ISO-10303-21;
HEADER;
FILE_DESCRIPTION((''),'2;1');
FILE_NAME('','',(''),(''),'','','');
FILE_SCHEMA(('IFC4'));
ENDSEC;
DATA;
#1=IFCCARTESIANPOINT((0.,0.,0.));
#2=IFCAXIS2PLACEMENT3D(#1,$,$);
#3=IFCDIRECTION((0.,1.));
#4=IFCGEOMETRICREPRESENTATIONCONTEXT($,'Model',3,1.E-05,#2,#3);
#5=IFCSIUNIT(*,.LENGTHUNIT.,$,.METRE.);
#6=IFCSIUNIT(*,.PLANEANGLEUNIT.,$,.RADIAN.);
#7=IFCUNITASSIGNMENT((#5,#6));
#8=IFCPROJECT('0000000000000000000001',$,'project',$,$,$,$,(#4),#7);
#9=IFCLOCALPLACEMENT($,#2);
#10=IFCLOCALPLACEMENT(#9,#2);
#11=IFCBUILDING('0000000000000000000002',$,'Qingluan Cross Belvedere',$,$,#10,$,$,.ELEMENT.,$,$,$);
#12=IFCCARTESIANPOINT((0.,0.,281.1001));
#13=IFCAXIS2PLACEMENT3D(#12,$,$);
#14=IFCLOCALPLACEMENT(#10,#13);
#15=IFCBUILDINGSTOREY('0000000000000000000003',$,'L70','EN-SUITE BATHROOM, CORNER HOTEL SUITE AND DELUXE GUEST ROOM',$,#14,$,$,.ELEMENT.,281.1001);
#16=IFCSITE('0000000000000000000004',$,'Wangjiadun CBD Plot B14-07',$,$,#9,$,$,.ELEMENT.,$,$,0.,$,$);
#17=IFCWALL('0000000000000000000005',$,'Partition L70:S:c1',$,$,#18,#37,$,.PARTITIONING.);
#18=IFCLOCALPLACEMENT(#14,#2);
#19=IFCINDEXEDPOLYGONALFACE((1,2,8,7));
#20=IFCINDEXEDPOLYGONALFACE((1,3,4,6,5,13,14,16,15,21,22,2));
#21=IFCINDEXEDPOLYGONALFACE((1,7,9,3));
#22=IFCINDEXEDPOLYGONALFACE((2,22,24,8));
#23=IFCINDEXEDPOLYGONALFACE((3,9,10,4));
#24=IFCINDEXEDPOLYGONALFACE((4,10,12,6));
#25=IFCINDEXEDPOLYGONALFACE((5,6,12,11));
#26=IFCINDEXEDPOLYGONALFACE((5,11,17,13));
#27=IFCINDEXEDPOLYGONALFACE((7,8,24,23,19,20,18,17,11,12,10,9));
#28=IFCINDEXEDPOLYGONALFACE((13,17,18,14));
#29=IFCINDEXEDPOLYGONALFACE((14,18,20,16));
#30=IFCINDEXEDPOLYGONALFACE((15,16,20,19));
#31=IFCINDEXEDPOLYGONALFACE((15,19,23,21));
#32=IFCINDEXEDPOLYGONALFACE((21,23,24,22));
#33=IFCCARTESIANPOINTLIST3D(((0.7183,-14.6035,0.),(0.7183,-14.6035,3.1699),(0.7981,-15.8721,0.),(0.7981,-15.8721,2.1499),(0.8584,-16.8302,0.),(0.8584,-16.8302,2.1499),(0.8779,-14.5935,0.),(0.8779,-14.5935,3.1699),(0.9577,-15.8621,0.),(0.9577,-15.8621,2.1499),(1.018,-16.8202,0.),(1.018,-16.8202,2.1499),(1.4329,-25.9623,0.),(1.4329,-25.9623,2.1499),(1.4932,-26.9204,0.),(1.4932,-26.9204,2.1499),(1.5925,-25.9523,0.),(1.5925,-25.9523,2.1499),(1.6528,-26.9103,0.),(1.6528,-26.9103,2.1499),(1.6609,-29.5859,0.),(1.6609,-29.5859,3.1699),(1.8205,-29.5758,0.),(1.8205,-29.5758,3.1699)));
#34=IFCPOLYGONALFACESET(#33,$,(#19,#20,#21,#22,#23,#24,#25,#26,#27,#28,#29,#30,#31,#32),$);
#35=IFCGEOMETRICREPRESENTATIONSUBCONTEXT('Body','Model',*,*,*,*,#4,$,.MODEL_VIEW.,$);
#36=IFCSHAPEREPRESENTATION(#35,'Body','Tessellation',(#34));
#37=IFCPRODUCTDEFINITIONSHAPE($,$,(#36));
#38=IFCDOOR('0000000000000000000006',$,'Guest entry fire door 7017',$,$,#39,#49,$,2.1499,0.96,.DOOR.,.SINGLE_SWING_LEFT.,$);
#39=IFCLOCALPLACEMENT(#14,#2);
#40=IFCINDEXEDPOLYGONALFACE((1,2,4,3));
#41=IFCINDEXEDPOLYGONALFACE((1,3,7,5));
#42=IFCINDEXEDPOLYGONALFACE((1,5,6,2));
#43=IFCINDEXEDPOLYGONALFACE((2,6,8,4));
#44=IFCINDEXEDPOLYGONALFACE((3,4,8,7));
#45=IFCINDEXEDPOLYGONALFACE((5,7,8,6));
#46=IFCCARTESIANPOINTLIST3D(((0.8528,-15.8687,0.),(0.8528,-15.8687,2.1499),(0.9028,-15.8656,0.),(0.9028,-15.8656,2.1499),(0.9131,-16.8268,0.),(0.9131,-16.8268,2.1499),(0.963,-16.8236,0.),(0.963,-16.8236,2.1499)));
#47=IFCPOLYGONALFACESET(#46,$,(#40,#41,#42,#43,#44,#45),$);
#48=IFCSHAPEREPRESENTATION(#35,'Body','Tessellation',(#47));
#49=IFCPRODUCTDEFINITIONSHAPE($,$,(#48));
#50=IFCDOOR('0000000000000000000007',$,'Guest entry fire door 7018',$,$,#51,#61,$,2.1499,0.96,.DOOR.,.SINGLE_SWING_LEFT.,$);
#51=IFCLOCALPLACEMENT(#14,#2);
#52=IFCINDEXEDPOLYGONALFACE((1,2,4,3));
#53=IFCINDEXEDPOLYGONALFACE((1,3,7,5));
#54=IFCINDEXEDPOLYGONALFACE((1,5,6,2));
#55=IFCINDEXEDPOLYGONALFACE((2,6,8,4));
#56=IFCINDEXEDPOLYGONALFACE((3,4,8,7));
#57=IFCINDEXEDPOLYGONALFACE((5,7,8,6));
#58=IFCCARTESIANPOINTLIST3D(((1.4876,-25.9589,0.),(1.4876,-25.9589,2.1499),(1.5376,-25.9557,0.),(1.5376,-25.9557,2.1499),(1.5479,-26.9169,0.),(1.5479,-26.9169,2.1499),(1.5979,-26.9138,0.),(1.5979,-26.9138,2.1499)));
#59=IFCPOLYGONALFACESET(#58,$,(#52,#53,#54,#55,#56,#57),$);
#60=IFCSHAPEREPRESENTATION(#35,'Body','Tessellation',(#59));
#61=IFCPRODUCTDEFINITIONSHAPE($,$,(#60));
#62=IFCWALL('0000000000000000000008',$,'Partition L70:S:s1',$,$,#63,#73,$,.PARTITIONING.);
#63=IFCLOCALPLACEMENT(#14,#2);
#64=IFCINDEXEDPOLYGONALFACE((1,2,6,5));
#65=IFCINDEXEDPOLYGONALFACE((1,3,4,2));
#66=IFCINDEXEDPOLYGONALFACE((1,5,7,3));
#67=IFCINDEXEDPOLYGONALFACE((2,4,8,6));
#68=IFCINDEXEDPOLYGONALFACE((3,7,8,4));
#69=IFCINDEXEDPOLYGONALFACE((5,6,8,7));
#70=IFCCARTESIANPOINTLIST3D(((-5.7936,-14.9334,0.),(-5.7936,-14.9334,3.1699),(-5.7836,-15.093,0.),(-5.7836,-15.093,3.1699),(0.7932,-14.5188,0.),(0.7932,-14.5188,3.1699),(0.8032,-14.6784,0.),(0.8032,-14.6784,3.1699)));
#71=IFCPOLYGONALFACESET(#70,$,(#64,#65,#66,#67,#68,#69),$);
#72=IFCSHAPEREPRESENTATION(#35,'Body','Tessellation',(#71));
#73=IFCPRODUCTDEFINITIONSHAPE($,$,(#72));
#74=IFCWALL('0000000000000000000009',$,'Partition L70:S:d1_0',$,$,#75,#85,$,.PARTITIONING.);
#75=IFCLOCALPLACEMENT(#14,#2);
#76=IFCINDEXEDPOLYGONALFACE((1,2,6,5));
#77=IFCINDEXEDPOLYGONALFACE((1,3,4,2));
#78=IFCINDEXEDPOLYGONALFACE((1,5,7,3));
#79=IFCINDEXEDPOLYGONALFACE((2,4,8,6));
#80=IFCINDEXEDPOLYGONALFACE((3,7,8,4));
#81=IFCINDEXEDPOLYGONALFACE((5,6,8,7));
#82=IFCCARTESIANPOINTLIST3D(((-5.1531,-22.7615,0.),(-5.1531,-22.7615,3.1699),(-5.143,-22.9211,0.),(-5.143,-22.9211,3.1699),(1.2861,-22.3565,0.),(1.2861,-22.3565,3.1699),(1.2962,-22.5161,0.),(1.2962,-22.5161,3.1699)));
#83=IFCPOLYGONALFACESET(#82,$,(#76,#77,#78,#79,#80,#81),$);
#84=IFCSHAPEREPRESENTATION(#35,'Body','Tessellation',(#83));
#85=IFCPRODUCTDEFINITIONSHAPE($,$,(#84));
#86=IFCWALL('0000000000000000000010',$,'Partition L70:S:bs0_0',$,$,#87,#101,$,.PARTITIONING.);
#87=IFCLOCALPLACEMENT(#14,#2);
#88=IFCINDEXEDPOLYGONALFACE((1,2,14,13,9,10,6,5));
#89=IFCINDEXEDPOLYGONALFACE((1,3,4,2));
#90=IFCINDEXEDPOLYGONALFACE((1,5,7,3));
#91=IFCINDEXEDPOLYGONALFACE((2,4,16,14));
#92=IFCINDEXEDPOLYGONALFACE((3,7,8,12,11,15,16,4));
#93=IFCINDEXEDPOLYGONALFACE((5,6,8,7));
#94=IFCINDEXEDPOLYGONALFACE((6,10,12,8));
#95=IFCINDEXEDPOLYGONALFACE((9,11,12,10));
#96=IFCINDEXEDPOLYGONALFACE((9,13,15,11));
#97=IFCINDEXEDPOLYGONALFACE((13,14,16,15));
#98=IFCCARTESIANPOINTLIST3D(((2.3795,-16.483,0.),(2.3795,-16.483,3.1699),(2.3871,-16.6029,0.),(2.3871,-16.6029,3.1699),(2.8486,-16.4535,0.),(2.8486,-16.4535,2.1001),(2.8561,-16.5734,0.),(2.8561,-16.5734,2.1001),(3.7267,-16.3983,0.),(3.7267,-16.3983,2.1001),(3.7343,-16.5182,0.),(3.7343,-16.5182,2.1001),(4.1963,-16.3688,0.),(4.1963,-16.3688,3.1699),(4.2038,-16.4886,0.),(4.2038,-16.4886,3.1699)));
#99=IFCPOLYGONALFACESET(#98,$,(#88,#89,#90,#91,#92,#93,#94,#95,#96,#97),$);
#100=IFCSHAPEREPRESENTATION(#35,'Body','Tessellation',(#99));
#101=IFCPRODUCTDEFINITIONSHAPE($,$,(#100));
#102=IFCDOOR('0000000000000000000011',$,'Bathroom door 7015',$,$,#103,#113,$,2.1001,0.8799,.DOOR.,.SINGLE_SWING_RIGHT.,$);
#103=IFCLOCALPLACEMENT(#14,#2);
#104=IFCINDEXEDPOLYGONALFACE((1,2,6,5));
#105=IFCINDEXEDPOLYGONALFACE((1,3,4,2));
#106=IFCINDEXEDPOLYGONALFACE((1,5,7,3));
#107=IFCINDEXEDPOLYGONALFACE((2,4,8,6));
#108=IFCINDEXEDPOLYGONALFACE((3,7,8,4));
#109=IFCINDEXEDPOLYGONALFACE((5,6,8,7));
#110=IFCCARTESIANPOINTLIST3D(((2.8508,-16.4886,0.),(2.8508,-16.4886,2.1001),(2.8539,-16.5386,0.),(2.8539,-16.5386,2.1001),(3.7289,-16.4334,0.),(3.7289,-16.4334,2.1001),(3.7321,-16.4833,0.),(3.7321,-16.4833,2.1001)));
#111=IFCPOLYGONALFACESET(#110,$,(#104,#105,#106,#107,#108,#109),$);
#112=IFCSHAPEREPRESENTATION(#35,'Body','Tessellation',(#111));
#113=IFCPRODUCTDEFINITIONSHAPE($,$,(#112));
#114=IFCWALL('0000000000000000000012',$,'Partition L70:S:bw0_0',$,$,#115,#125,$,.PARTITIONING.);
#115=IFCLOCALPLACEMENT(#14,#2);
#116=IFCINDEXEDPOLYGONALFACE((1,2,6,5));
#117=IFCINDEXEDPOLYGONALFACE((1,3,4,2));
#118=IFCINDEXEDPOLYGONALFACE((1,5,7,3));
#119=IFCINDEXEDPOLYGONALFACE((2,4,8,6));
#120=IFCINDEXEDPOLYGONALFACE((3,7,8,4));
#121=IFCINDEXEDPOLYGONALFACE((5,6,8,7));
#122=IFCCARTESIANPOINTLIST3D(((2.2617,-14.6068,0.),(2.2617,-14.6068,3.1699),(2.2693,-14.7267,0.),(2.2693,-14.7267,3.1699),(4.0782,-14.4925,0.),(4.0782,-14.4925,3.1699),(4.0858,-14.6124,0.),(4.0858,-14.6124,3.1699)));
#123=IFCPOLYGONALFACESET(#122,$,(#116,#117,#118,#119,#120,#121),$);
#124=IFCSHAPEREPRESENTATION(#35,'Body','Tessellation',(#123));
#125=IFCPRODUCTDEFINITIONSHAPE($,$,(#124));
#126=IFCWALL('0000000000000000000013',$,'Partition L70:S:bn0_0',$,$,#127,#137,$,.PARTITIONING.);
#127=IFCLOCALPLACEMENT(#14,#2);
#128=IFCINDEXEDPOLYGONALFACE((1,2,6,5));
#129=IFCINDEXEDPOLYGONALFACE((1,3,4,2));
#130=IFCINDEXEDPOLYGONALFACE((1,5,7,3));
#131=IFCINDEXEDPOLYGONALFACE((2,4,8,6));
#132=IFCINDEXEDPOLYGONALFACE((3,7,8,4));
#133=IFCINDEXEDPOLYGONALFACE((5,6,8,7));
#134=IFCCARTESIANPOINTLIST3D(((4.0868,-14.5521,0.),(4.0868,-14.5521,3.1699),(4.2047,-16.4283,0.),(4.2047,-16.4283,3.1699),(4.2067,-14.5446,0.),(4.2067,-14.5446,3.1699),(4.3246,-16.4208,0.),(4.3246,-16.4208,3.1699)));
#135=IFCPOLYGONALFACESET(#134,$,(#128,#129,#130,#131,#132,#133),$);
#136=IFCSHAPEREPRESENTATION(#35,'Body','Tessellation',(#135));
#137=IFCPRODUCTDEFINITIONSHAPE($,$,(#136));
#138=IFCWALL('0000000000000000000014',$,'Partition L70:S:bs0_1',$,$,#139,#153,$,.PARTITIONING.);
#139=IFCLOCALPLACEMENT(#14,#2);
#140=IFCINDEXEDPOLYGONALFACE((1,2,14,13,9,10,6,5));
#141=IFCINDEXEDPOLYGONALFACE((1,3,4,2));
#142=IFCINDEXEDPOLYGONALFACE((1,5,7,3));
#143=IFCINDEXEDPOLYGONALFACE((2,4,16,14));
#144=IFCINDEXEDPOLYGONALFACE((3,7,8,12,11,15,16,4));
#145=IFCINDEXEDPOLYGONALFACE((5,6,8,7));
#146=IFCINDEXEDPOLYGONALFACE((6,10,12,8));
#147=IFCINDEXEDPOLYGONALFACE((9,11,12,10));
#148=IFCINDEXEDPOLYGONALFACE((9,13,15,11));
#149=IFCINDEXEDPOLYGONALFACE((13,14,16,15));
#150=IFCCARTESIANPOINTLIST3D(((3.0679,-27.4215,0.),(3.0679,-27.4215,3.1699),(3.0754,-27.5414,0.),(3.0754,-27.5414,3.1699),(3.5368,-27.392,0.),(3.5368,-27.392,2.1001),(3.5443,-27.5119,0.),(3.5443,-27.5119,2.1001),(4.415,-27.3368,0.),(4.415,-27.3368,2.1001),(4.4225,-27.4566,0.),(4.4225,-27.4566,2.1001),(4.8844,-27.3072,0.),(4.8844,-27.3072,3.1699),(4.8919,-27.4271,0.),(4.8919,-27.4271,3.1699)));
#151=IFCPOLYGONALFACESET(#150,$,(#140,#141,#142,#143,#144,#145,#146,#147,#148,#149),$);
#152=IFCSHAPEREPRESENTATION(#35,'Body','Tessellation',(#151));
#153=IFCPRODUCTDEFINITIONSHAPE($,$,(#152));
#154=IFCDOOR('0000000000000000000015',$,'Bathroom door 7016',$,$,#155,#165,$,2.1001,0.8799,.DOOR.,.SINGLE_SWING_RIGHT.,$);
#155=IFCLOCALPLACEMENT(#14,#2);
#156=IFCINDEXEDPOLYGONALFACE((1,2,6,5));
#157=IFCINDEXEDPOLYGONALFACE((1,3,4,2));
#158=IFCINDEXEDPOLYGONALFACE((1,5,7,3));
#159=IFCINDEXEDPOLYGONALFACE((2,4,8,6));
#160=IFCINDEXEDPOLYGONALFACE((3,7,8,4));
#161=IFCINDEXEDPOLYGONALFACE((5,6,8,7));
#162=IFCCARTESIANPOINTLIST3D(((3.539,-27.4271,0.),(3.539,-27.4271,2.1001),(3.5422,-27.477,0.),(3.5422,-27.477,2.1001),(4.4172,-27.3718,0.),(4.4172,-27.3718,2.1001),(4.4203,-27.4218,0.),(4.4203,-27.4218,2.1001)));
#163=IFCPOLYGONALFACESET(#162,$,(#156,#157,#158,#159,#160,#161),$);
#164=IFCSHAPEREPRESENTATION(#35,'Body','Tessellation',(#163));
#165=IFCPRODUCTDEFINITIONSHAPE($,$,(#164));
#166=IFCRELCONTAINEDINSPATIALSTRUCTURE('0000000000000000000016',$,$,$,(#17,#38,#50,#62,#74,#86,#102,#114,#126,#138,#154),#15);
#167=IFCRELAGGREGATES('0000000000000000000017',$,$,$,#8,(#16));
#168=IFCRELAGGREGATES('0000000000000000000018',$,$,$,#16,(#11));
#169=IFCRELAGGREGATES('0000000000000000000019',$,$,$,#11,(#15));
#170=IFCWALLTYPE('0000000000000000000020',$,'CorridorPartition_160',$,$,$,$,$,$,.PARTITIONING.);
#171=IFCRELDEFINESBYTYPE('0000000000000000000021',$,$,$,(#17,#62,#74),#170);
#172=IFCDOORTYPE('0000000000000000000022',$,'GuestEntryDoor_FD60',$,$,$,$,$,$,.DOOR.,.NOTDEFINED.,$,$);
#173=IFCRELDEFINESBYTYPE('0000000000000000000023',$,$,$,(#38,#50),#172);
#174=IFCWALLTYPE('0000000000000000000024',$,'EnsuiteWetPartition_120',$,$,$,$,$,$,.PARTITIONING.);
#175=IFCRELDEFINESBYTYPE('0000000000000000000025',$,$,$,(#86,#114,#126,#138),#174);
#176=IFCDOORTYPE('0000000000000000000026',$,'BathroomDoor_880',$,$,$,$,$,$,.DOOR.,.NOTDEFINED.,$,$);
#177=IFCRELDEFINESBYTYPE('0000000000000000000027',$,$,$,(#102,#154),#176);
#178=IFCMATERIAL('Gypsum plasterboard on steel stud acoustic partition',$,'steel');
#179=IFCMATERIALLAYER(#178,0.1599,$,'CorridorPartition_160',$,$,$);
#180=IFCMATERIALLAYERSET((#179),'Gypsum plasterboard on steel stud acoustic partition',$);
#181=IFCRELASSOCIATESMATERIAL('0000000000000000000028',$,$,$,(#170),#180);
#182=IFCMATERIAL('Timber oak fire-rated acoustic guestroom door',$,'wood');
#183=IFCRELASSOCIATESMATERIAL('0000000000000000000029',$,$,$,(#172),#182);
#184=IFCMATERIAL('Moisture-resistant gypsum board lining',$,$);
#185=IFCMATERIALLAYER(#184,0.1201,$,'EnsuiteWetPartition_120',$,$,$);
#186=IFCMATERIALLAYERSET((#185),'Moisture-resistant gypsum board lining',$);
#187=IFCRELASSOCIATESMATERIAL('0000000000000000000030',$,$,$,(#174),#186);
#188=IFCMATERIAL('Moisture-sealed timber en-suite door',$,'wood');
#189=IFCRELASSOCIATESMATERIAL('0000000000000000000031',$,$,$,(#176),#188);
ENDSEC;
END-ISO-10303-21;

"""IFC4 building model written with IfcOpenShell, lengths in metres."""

from ifc_helpers import new_model, si_unit, direction, frame, frame_2d, origin, place, context, subcontext, project, spatial, rectangle, extrude, material, layer, layer_set, type_object, element, fill, save


model = new_model("IFC4")

# Units and contexts
model_context = context("Model", 3, precision=1e-05, world=origin(), true_north=direction((0.0, 1.0)))
body_context = subcontext(model_context, "Body", "Model", "MODEL_VIEW")
ifc_project = project(units=[si_unit("LENGTHUNIT", "METRE"), si_unit("PLANEANGLEUNIT", "RADIAN")], contexts=[model_context])

# Site, building, storey
site_placement = place(None, origin())
site = spatial("IfcSite", under=ifc_project, at=site_placement, Name="Wangjiadun CBD Plot B14-07", CompositionType="ELEMENT", RefElevation=0.0)
building_placement = place(site_placement, origin())
building = spatial("IfcBuilding", under=site, at=building_placement, Name="Qingluan Cross Belvedere", CompositionType="ELEMENT")
storey_placement = place(building_placement, frame((0.0, 0.0, 281.1001)))
storey = spatial("IfcBuildingStorey", under=building, at=storey_placement, Name="L70", Description="EN-SUITE BATHROOM, CORNER HOTEL SUITE AND DELUXE GUEST ROOM", CompositionType="ELEMENT", Elevation=281.1001)

# Shared definitions
ifc_material_1 = material(Name="Gypsum plasterboard on steel stud acoustic partition", Category="steel")
ifc_layer_1 = layer(ifc_material_1, 0.1599, Name="CorridorPartition_160")
ifc_layer_set_1 = layer_set([ifc_layer_1], Name="Gypsum plasterboard on steel stud acoustic partition")
wall_type_1 = type_object("IfcWallType", Name="CorridorPartition_160", PredefinedType="PARTITIONING", material=ifc_layer_set_1)

# Shared definitions
ifc_material_2 = material(Name="Timber oak fire-rated acoustic guestroom door", Category="wood")
door_type_1 = type_object("IfcDoorType", Name="GuestEntryDoor_FD60", OperationType="NOTDEFINED", PredefinedType="DOOR", material=ifc_material_2)

# Wall, openings, doors
wall_1_placement = place(storey_placement, frame((0.7981, -14.5986, 0.0), z_axis=(0.0, 0.0, 1.0), x_axis=(0.062791, -0.998027, 0.0)))
wall_1 = element("IfcWall", 1, at=wall_1_placement, inside=storey, type_object=wall_type_1, Name="Partition L70:S:c1", PredefinedType="PARTITIONING", context=body_context, shape_type="SweptSolid", body=[
    extrude(rectangle(XDim=15.012, YDim=0.1599, at=frame_2d((7.5059, 0.0))), origin(), (0.0, 0.0, 1.0), 3.1699),
])
opening_1_placement = place(wall_1_placement, frame((1.271, 0.0, 0.0)))
opening_1 = element("IfcOpeningElement", 2, at=opening_1_placement, cuts=wall_1, PredefinedType="OPENING", context=body_context, shape_type="SweptSolid", body=[
    extrude(rectangle(XDim=0.96, YDim=2.1499, at=frame_2d((0.48, 1.075))), frame((0.0, 0.0898, 0.0), z_axis=(0.0, -1.0, 0.0), x_axis=(1.0, 0.0, 0.0)), (0.0, 0.0, 1.0), 0.1799),
])
opening_2_placement = place(wall_1_placement, frame((11.3811, 0.0, 0.0)))
opening_2 = element("IfcOpeningElement", 3, at=opening_2_placement, cuts=wall_1, PredefinedType="OPENING", context=body_context, shape_type="SweptSolid", body=[
    extrude(rectangle(XDim=0.96, YDim=2.1499, at=frame_2d((0.48, 1.075))), frame((0.0, 0.0898, 0.0), z_axis=(0.0, -1.0, 0.0), x_axis=(1.0, 0.0, 0.0)), (0.0, 0.0, 1.0), 0.1799),
])
door_1_placement = place(opening_1_placement, origin())
door_1 = element("IfcDoor", 4, at=door_1_placement, inside=storey, type_object=door_type_1, Name="Guest entry fire door 7017", OperationType="SINGLE_SWING_LEFT", OverallHeight=2.1499, OverallWidth=0.96, PredefinedType="DOOR", context=body_context, shape_type="SweptSolid", body=[
    extrude(rectangle(XDim=0.96, YDim=2.1499, at=frame_2d((0.48, 1.075))), frame((0.0, 0.0249, 0.0), z_axis=(0.0, -1.0, 0.0), x_axis=(1.0, 0.0, 0.0)), (0.0, 0.0, 1.0), 0.05),
])
fill(opening_1, door_1)
door_2_placement = place(opening_2_placement, origin())
door_2 = element("IfcDoor", 5, at=door_2_placement, inside=storey, type_object=door_type_1, Name="Guest entry fire door 7018", OperationType="SINGLE_SWING_LEFT", OverallHeight=2.1499, OverallWidth=0.96, PredefinedType="DOOR", context=body_context, shape_type="SweptSolid", body=[
    extrude(rectangle(XDim=0.96, YDim=2.1499, at=frame_2d((0.48, 1.075))), frame((0.0, 0.0249, 0.0), z_axis=(0.0, -1.0, 0.0), x_axis=(1.0, 0.0, 0.0)), (0.0, 0.0, 1.0), 0.05),
])
fill(opening_2, door_2)

# Walls
wall_2_placement = place(storey_placement, frame((0.7981, -14.5986, 0.0), z_axis=(0.0, 0.0, 1.0), x_axis=(-0.998025, -0.062811, 0.0)))
element("IfcWall", 6, at=wall_2_placement, inside=storey, type_object=wall_type_1, Name="Partition L70:S:s1", PredefinedType="PARTITIONING", context=body_context, shape_type="SweptSolid", body=[
    extrude(rectangle(XDim=6.5999, YDim=0.1599, at=frame_2d((3.2998, 0.0))), origin(), (0.0, 0.0, 1.0), 3.1699),
])
wall_3_placement = place(storey_placement, frame((1.2913, -22.4363, 0.0), z_axis=(0.0, 0.0, 1.0), x_axis=(-0.998028, -0.062776, 0.0)))
element("IfcWall", 7, at=wall_3_placement, inside=storey, type_object=wall_type_1, Name="Partition L70:S:d1_0", PredefinedType="PARTITIONING", context=body_context, shape_type="SweptSolid", body=[
    extrude(rectangle(XDim=6.4519, YDim=0.1599, at=frame_2d((3.2261, 0.0))), origin(), (0.0, 0.0, 1.0), 3.1699),
])

# Wall, opening, door
ifc_material_3 = material(Name="Moisture-resistant gypsum board lining")
ifc_layer_2 = layer(ifc_material_3, 0.1201, Name="EnsuiteWetPartition_120")
ifc_layer_set_2 = layer_set([ifc_layer_2], Name="Moisture-resistant gypsum board lining")
wall_type_2 = type_object("IfcWallType", Name="EnsuiteWetPartition_120", PredefinedType="PARTITIONING", material=ifc_layer_set_2)
wall_4_placement = place(storey_placement, frame((2.3833, -16.543, 0.0), z_axis=(0.0, 0.0, 1.0), x_axis=(0.998028, 0.062771, 0.0)))
wall_4 = element("IfcWall", 8, at=wall_4_placement, inside=storey, type_object=wall_type_2, Name="Partition L70:S:bs0_0", PredefinedType="PARTITIONING", context=body_context, shape_type="SweptSolid", body=[
    extrude(rectangle(XDim=1.8203, YDim=0.1201, at=frame_2d((0.9102, 0.0))), origin(), (0.0, 0.0, 1.0), 3.1699),
])
opening_3_placement = place(wall_4_placement, frame((0.47, 0.0, 0.0)))
opening_3 = element("IfcOpeningElement", 9, at=opening_3_placement, cuts=wall_4, PredefinedType="OPENING", context=body_context, shape_type="SweptSolid", body=[
    extrude(rectangle(XDim=0.8799, YDim=2.1001, at=frame_2d((0.4399, 1.05))), frame((0.0, 0.0701, 0.0), z_axis=(0.0, -1.0, 0.0), x_axis=(1.0, 0.0, 0.0)), (0.0, 0.0, 1.0), 0.1401),
])
ifc_material_4 = material(Name="Moisture-sealed timber en-suite door", Category="wood")
door_type_2 = type_object("IfcDoorType", Name="BathroomDoor_880", OperationType="NOTDEFINED", PredefinedType="DOOR", material=ifc_material_4)
door_3_placement = place(opening_3_placement, origin())
door_3 = element("IfcDoor", 10, at=door_3_placement, inside=storey, type_object=door_type_2, Name="Bathroom door 7015", OperationType="SINGLE_SWING_RIGHT", OverallHeight=2.1001, OverallWidth=0.8799, PredefinedType="DOOR", context=body_context, shape_type="SweptSolid", body=[
    extrude(rectangle(XDim=0.8799, YDim=2.1001, at=frame_2d((0.4399, 1.05))), frame((0.0, 0.0249, 0.0), z_axis=(0.0, -1.0, 0.0), x_axis=(1.0, 0.0, 0.0)), (0.0, 0.0, 1.0), 0.05),
])
fill(opening_3, door_3)

# Walls
wall_5_placement = place(storey_placement, frame((2.2654, -14.6667, 0.0), z_axis=(0.0, 0.0, 1.0), x_axis=(0.998027, 0.062779, 0.0)))
element("IfcWall", 11, at=wall_5_placement, inside=storey, type_object=wall_type_2, Name="Partition L70:S:bw0_0", PredefinedType="PARTITIONING", context=body_context, shape_type="SweptSolid", body=[
    extrude(rectangle(XDim=1.8201, YDim=0.1201, at=frame_2d((0.9102, 0.0))), origin(), (0.0, 0.0, 1.0), 3.1699),
])
wall_6_placement = place(storey_placement, frame((4.1467, -14.5483, 0.0), z_axis=(0.0, 0.0, 1.0), x_axis=(0.062726, -0.998031, 0.0)))
element("IfcWall", 12, at=wall_6_placement, inside=storey, type_object=wall_type_2, Name="Partition L70:S:bn0_0", PredefinedType="PARTITIONING", context=body_context, shape_type="SweptSolid", body=[
    extrude(rectangle(XDim=1.8799, YDim=0.1201, at=frame_2d((0.9399, 0.0))), origin(), (0.0, 0.0, 1.0), 3.1699),
])

# Wall, opening, door
wall_7_placement = place(storey_placement, frame((3.0715, -27.4814, 0.0), z_axis=(0.0, 0.0, 1.0), x_axis=(0.998027, 0.062779, 0.0)))
wall_7 = element("IfcWall", 13, at=wall_7_placement, inside=storey, type_object=wall_type_2, Name="Partition L70:S:bs0_1", PredefinedType="PARTITIONING", context=body_context, shape_type="SweptSolid", body=[
    extrude(rectangle(XDim=1.8201, YDim=0.1201, at=frame_2d((0.9102, 0.0))), origin(), (0.0, 0.0, 1.0), 3.1699),
])
opening_4_placement = place(wall_7_placement, frame((0.47, 0.0, 0.0)))
opening_4 = element("IfcOpeningElement", 14, at=opening_4_placement, cuts=wall_7, PredefinedType="OPENING", context=body_context, shape_type="SweptSolid", body=[
    extrude(rectangle(XDim=0.8799, YDim=2.1001, at=frame_2d((0.4399, 1.05))), frame((0.0, 0.0701, 0.0), z_axis=(0.0, -1.0, 0.0), x_axis=(1.0, 0.0, 0.0)), (0.0, 0.0, 1.0), 0.1401),
])
door_4_placement = place(opening_4_placement, origin())
door_4 = element("IfcDoor", 15, at=door_4_placement, inside=storey, type_object=door_type_2, Name="Bathroom door 7016", OperationType="SINGLE_SWING_RIGHT", OverallHeight=2.1001, OverallWidth=0.8799, PredefinedType="DOOR", context=body_context, shape_type="SweptSolid", body=[
    extrude(rectangle(XDim=0.8799, YDim=2.1001, at=frame_2d((0.4399, 1.05))), frame((0.0, 0.0249, 0.0), z_axis=(0.0, -1.0, 0.0), x_axis=(1.0, 0.0, 0.0)), (0.0, 0.0, 1.0), 0.05),
])
fill(opening_4, door_4)

save(model, "model.ifc")
